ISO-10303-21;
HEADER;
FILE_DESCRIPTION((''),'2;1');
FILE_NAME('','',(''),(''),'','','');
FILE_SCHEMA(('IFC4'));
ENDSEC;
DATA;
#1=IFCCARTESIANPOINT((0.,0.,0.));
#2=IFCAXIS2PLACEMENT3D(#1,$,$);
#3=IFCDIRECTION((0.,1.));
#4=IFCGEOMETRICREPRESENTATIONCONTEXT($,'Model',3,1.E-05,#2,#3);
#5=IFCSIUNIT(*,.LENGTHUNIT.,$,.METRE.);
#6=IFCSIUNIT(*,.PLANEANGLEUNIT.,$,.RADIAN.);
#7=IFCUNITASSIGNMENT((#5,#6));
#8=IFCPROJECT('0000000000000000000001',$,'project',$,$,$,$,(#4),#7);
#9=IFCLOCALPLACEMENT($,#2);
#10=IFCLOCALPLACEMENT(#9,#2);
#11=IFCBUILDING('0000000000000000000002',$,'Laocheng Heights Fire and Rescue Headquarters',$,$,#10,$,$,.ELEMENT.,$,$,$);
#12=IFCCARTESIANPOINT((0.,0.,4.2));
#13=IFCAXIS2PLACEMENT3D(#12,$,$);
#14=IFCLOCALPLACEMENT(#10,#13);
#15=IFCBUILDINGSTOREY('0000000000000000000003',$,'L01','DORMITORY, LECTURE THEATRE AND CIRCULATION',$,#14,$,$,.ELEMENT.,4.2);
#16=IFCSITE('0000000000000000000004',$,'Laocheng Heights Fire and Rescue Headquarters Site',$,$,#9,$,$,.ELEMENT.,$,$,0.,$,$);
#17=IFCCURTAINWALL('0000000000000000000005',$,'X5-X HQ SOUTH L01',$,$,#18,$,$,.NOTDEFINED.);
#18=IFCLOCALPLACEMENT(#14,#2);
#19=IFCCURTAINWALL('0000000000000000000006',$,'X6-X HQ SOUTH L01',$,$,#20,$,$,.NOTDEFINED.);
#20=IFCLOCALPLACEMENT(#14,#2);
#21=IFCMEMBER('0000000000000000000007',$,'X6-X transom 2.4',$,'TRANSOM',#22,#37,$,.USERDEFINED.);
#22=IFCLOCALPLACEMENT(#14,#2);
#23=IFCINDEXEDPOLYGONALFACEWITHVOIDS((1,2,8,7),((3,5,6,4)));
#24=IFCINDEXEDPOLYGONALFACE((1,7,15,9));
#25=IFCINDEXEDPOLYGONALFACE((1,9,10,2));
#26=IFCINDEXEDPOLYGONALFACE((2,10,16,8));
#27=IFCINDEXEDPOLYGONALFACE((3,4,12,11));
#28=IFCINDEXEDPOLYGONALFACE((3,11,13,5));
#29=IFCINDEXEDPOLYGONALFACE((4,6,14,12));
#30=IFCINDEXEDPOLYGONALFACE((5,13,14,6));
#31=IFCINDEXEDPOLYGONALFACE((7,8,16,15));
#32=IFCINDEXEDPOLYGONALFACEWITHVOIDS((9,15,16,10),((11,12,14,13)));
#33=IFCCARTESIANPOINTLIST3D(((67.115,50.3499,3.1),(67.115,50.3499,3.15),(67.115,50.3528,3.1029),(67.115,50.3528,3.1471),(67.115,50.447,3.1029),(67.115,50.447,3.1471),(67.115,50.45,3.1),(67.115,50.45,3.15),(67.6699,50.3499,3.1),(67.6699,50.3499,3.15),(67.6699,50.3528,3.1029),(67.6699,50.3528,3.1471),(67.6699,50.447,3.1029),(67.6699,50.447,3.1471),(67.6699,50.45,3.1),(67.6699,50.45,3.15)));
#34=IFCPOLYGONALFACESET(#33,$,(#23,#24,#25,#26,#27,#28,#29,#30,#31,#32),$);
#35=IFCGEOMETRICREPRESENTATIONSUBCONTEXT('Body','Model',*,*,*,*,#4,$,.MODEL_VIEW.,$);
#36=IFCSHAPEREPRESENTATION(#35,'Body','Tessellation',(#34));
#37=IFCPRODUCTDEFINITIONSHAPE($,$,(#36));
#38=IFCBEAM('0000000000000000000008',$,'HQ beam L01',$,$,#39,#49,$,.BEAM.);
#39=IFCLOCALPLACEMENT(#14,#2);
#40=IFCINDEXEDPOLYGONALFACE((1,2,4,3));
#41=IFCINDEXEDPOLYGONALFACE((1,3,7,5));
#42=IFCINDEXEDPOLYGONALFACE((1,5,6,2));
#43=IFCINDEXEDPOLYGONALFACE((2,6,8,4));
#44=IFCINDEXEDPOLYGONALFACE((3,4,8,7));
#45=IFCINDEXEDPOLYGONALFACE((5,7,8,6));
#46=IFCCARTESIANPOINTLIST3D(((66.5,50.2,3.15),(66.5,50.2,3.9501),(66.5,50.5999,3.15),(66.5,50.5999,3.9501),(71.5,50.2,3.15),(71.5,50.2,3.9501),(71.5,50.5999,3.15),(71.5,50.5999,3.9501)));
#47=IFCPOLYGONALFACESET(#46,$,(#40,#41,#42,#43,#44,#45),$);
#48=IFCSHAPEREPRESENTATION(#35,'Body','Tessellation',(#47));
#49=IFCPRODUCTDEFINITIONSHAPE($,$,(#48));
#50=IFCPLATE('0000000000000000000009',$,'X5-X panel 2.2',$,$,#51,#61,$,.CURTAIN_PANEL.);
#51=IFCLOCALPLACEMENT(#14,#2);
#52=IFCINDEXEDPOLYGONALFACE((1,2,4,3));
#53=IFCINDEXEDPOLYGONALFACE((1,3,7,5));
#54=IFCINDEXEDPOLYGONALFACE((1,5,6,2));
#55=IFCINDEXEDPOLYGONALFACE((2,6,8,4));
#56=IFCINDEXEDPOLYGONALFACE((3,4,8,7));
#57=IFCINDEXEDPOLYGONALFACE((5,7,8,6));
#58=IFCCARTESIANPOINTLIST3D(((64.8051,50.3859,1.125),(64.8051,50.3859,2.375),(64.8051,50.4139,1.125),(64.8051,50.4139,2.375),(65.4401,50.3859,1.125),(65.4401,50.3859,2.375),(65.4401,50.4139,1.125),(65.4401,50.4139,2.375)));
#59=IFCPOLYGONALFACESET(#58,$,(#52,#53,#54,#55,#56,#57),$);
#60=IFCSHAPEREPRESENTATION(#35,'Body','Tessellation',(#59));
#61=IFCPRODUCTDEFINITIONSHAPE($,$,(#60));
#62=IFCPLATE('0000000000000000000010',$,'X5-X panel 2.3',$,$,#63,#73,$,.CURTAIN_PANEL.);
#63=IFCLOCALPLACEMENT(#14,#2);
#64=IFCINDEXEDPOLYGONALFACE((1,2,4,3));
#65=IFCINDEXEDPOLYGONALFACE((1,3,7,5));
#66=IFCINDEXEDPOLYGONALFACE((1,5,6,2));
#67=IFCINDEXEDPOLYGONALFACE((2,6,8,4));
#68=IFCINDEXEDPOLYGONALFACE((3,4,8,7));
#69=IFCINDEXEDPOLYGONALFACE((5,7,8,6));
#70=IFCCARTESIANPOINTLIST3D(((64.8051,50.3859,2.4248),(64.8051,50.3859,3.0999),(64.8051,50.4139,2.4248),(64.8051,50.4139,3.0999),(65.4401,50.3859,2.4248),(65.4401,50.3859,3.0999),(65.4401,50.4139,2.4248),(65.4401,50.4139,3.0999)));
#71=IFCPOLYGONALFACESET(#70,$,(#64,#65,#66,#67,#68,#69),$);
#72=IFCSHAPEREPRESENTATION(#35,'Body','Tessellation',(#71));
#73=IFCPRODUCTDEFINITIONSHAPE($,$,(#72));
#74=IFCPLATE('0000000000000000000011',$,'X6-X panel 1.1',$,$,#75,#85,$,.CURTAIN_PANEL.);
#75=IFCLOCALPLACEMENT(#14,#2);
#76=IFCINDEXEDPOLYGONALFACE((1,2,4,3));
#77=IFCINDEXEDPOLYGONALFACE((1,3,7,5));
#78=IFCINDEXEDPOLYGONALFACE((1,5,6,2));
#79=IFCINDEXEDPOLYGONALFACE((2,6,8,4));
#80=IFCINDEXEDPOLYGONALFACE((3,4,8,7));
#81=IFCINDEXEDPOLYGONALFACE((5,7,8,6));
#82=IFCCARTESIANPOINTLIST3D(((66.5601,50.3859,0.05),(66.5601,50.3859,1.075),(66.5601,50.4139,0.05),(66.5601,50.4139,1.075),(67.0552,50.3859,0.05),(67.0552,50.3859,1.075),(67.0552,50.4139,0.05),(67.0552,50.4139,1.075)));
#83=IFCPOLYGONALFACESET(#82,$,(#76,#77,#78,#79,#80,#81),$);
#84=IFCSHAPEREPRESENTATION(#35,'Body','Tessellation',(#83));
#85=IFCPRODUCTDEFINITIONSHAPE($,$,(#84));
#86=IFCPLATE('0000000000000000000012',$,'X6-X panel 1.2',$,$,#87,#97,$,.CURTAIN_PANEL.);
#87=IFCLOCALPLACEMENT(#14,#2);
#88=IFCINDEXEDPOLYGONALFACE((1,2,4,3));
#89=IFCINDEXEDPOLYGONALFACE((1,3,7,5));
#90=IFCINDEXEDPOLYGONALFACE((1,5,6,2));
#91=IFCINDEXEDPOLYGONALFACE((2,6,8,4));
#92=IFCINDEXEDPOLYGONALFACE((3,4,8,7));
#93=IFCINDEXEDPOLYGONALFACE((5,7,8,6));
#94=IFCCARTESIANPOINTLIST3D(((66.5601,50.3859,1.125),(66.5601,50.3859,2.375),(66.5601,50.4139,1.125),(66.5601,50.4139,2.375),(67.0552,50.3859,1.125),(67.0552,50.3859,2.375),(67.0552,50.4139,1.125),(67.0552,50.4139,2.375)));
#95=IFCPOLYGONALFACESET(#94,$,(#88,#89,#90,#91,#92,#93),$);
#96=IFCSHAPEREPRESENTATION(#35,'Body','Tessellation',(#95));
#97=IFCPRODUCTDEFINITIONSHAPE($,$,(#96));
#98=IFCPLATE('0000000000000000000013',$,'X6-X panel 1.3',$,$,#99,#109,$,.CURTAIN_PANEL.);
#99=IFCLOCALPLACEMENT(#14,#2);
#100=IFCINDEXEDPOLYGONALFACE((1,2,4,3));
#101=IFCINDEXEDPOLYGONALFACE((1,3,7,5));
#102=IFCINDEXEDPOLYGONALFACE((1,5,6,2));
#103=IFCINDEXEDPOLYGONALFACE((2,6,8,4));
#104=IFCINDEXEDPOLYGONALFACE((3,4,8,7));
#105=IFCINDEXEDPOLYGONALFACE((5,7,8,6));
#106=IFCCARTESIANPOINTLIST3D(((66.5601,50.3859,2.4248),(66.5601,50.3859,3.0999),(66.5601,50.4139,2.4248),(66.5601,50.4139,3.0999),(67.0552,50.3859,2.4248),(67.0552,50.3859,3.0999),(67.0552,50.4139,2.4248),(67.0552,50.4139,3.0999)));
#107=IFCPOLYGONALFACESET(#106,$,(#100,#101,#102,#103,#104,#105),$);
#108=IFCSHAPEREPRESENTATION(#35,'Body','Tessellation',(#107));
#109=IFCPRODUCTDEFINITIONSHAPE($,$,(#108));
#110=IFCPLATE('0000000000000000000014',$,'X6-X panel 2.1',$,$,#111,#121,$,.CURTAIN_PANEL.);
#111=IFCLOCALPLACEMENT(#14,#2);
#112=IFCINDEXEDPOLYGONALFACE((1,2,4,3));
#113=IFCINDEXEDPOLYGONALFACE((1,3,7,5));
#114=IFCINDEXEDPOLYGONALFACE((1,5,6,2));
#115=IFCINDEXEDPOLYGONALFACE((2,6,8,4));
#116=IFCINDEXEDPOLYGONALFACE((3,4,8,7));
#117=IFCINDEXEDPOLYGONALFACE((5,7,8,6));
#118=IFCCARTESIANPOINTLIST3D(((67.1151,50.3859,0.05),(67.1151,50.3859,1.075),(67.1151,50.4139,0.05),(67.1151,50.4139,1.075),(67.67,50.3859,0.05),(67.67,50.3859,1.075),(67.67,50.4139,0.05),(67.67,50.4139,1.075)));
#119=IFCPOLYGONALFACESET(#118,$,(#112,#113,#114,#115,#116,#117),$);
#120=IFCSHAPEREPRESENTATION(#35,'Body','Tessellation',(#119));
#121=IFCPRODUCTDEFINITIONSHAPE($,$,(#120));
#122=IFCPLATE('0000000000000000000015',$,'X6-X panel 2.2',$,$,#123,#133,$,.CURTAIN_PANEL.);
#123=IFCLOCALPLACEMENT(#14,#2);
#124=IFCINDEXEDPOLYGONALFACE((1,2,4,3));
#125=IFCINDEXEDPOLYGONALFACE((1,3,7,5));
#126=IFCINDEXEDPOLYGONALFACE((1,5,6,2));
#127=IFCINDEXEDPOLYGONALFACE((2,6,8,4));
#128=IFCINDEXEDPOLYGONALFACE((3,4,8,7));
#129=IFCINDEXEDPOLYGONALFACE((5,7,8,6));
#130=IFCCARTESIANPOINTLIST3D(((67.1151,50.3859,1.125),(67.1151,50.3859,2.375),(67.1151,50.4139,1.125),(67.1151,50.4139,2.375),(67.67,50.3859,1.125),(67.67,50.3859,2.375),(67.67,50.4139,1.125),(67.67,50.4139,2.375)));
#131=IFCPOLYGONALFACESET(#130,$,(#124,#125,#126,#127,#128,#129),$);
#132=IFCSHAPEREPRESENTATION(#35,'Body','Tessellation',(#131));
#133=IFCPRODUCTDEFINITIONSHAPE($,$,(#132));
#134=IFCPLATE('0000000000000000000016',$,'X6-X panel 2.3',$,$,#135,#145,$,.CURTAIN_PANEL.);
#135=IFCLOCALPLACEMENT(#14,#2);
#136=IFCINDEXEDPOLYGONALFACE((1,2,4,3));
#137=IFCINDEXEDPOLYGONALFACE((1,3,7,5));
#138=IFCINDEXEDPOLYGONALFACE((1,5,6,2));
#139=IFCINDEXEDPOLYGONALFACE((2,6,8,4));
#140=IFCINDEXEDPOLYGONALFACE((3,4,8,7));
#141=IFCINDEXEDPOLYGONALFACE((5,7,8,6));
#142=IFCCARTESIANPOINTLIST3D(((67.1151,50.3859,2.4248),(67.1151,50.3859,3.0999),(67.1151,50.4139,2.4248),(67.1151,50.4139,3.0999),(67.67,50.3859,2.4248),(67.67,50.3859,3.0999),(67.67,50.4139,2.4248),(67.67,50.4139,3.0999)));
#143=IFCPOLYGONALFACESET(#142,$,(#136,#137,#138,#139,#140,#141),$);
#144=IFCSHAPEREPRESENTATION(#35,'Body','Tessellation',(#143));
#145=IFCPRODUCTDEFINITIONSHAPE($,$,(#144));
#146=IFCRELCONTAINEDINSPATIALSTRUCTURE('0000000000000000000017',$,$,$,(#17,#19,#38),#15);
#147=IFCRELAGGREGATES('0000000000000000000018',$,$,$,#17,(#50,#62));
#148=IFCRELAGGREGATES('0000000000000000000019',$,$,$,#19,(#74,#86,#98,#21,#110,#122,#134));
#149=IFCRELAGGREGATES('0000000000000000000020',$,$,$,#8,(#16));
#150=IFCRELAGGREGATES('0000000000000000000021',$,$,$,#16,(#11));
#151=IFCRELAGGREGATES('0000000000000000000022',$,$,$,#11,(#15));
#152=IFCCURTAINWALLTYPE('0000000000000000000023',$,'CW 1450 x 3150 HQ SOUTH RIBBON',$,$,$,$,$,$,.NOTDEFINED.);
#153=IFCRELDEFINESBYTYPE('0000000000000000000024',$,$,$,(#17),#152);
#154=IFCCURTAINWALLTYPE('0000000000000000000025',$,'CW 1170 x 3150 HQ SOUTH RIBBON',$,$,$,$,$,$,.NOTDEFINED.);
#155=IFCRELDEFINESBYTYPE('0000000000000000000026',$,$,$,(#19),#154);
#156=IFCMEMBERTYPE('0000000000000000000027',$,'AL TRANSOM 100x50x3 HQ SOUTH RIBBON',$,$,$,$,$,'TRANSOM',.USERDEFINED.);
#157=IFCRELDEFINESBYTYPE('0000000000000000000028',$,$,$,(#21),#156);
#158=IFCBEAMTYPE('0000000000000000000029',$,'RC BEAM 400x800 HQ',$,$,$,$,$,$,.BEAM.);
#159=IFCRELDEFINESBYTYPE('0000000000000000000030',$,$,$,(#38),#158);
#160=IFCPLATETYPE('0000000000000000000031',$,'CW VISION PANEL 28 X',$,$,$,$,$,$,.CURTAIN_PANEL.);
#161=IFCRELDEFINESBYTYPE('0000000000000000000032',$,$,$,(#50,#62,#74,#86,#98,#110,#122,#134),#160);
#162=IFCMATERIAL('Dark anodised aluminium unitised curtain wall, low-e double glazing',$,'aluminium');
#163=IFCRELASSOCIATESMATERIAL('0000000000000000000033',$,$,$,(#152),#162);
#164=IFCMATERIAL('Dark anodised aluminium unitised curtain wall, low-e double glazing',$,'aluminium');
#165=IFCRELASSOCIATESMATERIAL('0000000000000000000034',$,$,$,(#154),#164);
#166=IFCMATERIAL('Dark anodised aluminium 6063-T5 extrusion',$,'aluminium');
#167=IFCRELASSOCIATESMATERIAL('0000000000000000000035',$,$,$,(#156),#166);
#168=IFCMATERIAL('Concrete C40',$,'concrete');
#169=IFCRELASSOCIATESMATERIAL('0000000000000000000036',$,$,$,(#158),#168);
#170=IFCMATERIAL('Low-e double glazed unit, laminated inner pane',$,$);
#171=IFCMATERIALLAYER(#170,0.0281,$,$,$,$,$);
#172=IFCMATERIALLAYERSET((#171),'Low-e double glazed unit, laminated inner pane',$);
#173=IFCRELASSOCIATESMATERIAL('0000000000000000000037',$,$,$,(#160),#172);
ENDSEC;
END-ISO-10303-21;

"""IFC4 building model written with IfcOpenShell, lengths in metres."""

from ifc_helpers import new_model, si_unit, direction, frame, origin, origin_2d, place, context, subcontext, project, spatial, rectangle, hollow_rectangle, extrude, material, layer, layer_set, material_profile, profile_set, type_object, element, aggregate, save


model = new_model("IFC4")

# Units and contexts
model_context = context("Model", 3, precision=1e-05, world=origin(), true_north=direction((0.0, 1.0)))
body_context = subcontext(model_context, "Body", "Model", "MODEL_VIEW")
ifc_project = project(units=[si_unit("LENGTHUNIT", "METRE"), si_unit("PLANEANGLEUNIT", "RADIAN")], contexts=[model_context])

# Site, building, storey
site_placement = place(None, origin())
site = spatial("IfcSite", under=ifc_project, at=site_placement, Name="Laocheng Heights Fire and Rescue Headquarters Site", CompositionType="ELEMENT", RefElevation=0.0)
building_placement = place(site_placement, origin())
building = spatial("IfcBuilding", under=site, at=building_placement, Name="Laocheng Heights Fire and Rescue Headquarters", CompositionType="ELEMENT")
storey_placement = place(building_placement, frame((0.0, 0.0, 4.2)))
storey = spatial("IfcBuildingStorey", under=building, at=storey_placement, Name="L01", Description="DORMITORY, LECTURE THEATRE AND CIRCULATION", CompositionType="ELEMENT", Elevation=4.2)

# Curtain wall
ifc_material_1 = material(Name="Dark anodised aluminium unitised curtain wall, low-e double glazing", Category="aluminium")
curtain_wall_type_1 = type_object("IfcCurtainWallType", Name="CW 1450 x 3150 HQ SOUTH RIBBON", PredefinedType="NOTDEFINED", material=ifc_material_1)
curtain_wall_1_placement = place(storey_placement, origin())
curtain_wall_1 = element("IfcCurtainWall", 1, at=curtain_wall_1_placement, inside=storey, type_object=curtain_wall_type_1, Name="X5-X HQ SOUTH L01", PredefinedType="NOTDEFINED")

# Curtain wall, member
ifc_material_2 = material(Name="Dark anodised aluminium unitised curtain wall, low-e double glazing", Category="aluminium")
curtain_wall_type_2 = type_object("IfcCurtainWallType", Name="CW 1170 x 3150 HQ SOUTH RIBBON", PredefinedType="NOTDEFINED", material=ifc_material_2)
curtain_wall_2_placement = place(storey_placement, origin())
curtain_wall_2 = element("IfcCurtainWall", 2, at=curtain_wall_2_placement, inside=storey, type_object=curtain_wall_type_2, Name="X6-X HQ SOUTH L01", PredefinedType="NOTDEFINED")
ifc_material_3 = material(Name="Dark anodised aluminium 6063-T5 extrusion", Category="aluminium")
ifc_material_profile_1 = material_profile(ifc_material_3, hollow_rectangle(XDim=0.1001, YDim=0.05, WallThickness=0.0029, at=origin_2d()), Name="AL TRANSOM 100x50x3 HQ SOUTH RIBBON")
ifc_profile_set_1 = profile_set([ifc_material_profile_1], Name="Dark anodised aluminium 6063-T5 extrusion")
member_type_1 = type_object("IfcMemberType", Name="AL TRANSOM 100x50x3 HQ SOUTH RIBBON", ElementType="TRANSOM", PredefinedType="USERDEFINED", material=ifc_profile_set_1)
member_1_placement = place(storey_placement, frame((67.115, 50.3999, 3.125), z_axis=(1.0, 0.0, 0.0), x_axis=(0.0, 1.0, 0.0)))
member_1 = element("IfcMember", 3, at=member_1_placement, type_object=member_type_1, Name="X6-X transom 2.4", ObjectType="TRANSOM", PredefinedType="USERDEFINED", context=body_context, shape_type="SweptSolid", body=[
    extrude(hollow_rectangle(XDim=0.1001, YDim=0.05, WallThickness=0.0029, at=origin_2d()), origin(), (0.0, 0.0, 1.0), 0.5549),
])

# Beam
ifc_material_4 = material(Name="Concrete C40", Category="concrete")
ifc_material_profile_2 = material_profile(ifc_material_4, rectangle(XDim=0.3999, YDim=0.8, at=origin_2d()), Name="RC BEAM 400x800 HQ")
ifc_profile_set_2 = profile_set([ifc_material_profile_2], Name="Concrete C40")
beam_type = type_object("IfcBeamType", Name="RC BEAM 400x800 HQ", PredefinedType="BEAM", material=ifc_profile_set_2)
beam_placement = place(storey_placement, frame((66.5, 50.3999, 3.55), z_axis=(1.0, 0.0, 0.0), x_axis=(0.0, 1.0, 0.0)))
element("IfcBeam", 4, at=beam_placement, inside=storey, type_object=beam_type, Name="HQ beam L01", PredefinedType="BEAM", context=body_context, shape_type="SweptSolid", body=[
    extrude(rectangle(XDim=0.3999, YDim=0.8, at=origin_2d()), origin(), (0.0, 0.0, 1.0), 5.0),
])

# Plates
ifc_material_5 = material(Name="Low-e double glazed unit, laminated inner pane")
ifc_layer_1 = layer(ifc_material_5, 0.0281)
ifc_layer_set_1 = layer_set([ifc_layer_1], Name="Low-e double glazed unit, laminated inner pane")
plate_type = type_object("IfcPlateType", Name="CW VISION PANEL 28 X", PredefinedType="CURTAIN_PANEL", material=ifc_layer_set_1)
plate_1_placement = place(storey_placement, frame((65.1226, 50.3999, 1.125), z_axis=(0.0, 0.0, 1.0), x_axis=(1.0, 0.0, 0.0)))
plate_1 = element("IfcPlate", 5, at=plate_1_placement, type_object=plate_type, Name="X5-X panel 2.2", PredefinedType="CURTAIN_PANEL", context=body_context, shape_type="SweptSolid", body=[
    extrude(rectangle(XDim=0.635, YDim=0.0281, at=origin_2d()), origin(), (0.0, 0.0, 1.0), 1.25),
])
plate_2_placement = place(storey_placement, frame((65.1226, 50.3999, 2.4248), z_axis=(0.0, 0.0, 1.0), x_axis=(1.0, 0.0, 0.0)))
plate_2 = element("IfcPlate", 6, at=plate_2_placement, type_object=plate_type, Name="X5-X panel 2.3", PredefinedType="CURTAIN_PANEL", context=body_context, shape_type="SweptSolid", body=[
    extrude(rectangle(XDim=0.635, YDim=0.0281, at=origin_2d()), origin(), (0.0, 0.0, 1.0), 0.675),
])
aggregate(curtain_wall_1, [plate_1, plate_2])
plate_3_placement = place(storey_placement, frame((66.8076, 50.3999, 0.05), z_axis=(0.0, 0.0, 1.0), x_axis=(1.0, 0.0, 0.0)))
plate_3 = element("IfcPlate", 7, at=plate_3_placement, type_object=plate_type, Name="X6-X panel 1.1", PredefinedType="CURTAIN_PANEL", context=body_context, shape_type="SweptSolid", body=[
    extrude(rectangle(XDim=0.4951, YDim=0.0281, at=origin_2d()), origin(), (0.0, 0.0, 1.0), 1.0249),
])
plate_4_placement = place(storey_placement, frame((66.8076, 50.3999, 1.125), z_axis=(0.0, 0.0, 1.0), x_axis=(1.0, 0.0, 0.0)))
plate_4 = element("IfcPlate", 8, at=plate_4_placement, type_object=plate_type, Name="X6-X panel 1.2", PredefinedType="CURTAIN_PANEL", context=body_context, shape_type="SweptSolid", body=[
    extrude(rectangle(XDim=0.4951, YDim=0.0281, at=origin_2d()), origin(), (0.0, 0.0, 1.0), 1.25),
])
plate_5_placement = place(storey_placement, frame((66.8076, 50.3999, 2.4248), z_axis=(0.0, 0.0, 1.0), x_axis=(1.0, 0.0, 0.0)))
plate_5 = element("IfcPlate", 9, at=plate_5_placement, type_object=plate_type, Name="X6-X panel 1.3", PredefinedType="CURTAIN_PANEL", context=body_context, shape_type="SweptSolid", body=[
    extrude(rectangle(XDim=0.4951, YDim=0.0281, at=origin_2d()), origin(), (0.0, 0.0, 1.0), 0.675),
])
plate_6_placement = place(storey_placement, frame((67.3926, 50.3999, 0.05), z_axis=(0.0, 0.0, 1.0), x_axis=(1.0, 0.0, 0.0)))
plate_6 = element("IfcPlate", 10, at=plate_6_placement, type_object=plate_type, Name="X6-X panel 2.1", PredefinedType="CURTAIN_PANEL", context=body_context, shape_type="SweptSolid", body=[
    extrude(rectangle(XDim=0.5549, YDim=0.0281, at=origin_2d()), origin(), (0.0, 0.0, 1.0), 1.0249),
])
plate_7_placement = place(storey_placement, frame((67.3926, 50.3999, 1.125), z_axis=(0.0, 0.0, 1.0), x_axis=(1.0, 0.0, 0.0)))
plate_7 = element("IfcPlate", 11, at=plate_7_placement, type_object=plate_type, Name="X6-X panel 2.2", PredefinedType="CURTAIN_PANEL", context=body_context, shape_type="SweptSolid", body=[
    extrude(rectangle(XDim=0.5549, YDim=0.0281, at=origin_2d()), origin(), (0.0, 0.0, 1.0), 1.25),
])
plate_8_placement = place(storey_placement, frame((67.3926, 50.3999, 2.4248), z_axis=(0.0, 0.0, 1.0), x_axis=(1.0, 0.0, 0.0)))
plate_8 = element("IfcPlate", 12, at=plate_8_placement, type_object=plate_type, Name="X6-X panel 2.3", PredefinedType="CURTAIN_PANEL", context=body_context, shape_type="SweptSolid", body=[
    extrude(rectangle(XDim=0.5549, YDim=0.0281, at=origin_2d()), origin(), (0.0, 0.0, 1.0), 0.675),
])
aggregate(curtain_wall_2, [plate_3, plate_4, plate_5, member_1, plate_6, plate_7, plate_8])

save(model, "model.ifc")
